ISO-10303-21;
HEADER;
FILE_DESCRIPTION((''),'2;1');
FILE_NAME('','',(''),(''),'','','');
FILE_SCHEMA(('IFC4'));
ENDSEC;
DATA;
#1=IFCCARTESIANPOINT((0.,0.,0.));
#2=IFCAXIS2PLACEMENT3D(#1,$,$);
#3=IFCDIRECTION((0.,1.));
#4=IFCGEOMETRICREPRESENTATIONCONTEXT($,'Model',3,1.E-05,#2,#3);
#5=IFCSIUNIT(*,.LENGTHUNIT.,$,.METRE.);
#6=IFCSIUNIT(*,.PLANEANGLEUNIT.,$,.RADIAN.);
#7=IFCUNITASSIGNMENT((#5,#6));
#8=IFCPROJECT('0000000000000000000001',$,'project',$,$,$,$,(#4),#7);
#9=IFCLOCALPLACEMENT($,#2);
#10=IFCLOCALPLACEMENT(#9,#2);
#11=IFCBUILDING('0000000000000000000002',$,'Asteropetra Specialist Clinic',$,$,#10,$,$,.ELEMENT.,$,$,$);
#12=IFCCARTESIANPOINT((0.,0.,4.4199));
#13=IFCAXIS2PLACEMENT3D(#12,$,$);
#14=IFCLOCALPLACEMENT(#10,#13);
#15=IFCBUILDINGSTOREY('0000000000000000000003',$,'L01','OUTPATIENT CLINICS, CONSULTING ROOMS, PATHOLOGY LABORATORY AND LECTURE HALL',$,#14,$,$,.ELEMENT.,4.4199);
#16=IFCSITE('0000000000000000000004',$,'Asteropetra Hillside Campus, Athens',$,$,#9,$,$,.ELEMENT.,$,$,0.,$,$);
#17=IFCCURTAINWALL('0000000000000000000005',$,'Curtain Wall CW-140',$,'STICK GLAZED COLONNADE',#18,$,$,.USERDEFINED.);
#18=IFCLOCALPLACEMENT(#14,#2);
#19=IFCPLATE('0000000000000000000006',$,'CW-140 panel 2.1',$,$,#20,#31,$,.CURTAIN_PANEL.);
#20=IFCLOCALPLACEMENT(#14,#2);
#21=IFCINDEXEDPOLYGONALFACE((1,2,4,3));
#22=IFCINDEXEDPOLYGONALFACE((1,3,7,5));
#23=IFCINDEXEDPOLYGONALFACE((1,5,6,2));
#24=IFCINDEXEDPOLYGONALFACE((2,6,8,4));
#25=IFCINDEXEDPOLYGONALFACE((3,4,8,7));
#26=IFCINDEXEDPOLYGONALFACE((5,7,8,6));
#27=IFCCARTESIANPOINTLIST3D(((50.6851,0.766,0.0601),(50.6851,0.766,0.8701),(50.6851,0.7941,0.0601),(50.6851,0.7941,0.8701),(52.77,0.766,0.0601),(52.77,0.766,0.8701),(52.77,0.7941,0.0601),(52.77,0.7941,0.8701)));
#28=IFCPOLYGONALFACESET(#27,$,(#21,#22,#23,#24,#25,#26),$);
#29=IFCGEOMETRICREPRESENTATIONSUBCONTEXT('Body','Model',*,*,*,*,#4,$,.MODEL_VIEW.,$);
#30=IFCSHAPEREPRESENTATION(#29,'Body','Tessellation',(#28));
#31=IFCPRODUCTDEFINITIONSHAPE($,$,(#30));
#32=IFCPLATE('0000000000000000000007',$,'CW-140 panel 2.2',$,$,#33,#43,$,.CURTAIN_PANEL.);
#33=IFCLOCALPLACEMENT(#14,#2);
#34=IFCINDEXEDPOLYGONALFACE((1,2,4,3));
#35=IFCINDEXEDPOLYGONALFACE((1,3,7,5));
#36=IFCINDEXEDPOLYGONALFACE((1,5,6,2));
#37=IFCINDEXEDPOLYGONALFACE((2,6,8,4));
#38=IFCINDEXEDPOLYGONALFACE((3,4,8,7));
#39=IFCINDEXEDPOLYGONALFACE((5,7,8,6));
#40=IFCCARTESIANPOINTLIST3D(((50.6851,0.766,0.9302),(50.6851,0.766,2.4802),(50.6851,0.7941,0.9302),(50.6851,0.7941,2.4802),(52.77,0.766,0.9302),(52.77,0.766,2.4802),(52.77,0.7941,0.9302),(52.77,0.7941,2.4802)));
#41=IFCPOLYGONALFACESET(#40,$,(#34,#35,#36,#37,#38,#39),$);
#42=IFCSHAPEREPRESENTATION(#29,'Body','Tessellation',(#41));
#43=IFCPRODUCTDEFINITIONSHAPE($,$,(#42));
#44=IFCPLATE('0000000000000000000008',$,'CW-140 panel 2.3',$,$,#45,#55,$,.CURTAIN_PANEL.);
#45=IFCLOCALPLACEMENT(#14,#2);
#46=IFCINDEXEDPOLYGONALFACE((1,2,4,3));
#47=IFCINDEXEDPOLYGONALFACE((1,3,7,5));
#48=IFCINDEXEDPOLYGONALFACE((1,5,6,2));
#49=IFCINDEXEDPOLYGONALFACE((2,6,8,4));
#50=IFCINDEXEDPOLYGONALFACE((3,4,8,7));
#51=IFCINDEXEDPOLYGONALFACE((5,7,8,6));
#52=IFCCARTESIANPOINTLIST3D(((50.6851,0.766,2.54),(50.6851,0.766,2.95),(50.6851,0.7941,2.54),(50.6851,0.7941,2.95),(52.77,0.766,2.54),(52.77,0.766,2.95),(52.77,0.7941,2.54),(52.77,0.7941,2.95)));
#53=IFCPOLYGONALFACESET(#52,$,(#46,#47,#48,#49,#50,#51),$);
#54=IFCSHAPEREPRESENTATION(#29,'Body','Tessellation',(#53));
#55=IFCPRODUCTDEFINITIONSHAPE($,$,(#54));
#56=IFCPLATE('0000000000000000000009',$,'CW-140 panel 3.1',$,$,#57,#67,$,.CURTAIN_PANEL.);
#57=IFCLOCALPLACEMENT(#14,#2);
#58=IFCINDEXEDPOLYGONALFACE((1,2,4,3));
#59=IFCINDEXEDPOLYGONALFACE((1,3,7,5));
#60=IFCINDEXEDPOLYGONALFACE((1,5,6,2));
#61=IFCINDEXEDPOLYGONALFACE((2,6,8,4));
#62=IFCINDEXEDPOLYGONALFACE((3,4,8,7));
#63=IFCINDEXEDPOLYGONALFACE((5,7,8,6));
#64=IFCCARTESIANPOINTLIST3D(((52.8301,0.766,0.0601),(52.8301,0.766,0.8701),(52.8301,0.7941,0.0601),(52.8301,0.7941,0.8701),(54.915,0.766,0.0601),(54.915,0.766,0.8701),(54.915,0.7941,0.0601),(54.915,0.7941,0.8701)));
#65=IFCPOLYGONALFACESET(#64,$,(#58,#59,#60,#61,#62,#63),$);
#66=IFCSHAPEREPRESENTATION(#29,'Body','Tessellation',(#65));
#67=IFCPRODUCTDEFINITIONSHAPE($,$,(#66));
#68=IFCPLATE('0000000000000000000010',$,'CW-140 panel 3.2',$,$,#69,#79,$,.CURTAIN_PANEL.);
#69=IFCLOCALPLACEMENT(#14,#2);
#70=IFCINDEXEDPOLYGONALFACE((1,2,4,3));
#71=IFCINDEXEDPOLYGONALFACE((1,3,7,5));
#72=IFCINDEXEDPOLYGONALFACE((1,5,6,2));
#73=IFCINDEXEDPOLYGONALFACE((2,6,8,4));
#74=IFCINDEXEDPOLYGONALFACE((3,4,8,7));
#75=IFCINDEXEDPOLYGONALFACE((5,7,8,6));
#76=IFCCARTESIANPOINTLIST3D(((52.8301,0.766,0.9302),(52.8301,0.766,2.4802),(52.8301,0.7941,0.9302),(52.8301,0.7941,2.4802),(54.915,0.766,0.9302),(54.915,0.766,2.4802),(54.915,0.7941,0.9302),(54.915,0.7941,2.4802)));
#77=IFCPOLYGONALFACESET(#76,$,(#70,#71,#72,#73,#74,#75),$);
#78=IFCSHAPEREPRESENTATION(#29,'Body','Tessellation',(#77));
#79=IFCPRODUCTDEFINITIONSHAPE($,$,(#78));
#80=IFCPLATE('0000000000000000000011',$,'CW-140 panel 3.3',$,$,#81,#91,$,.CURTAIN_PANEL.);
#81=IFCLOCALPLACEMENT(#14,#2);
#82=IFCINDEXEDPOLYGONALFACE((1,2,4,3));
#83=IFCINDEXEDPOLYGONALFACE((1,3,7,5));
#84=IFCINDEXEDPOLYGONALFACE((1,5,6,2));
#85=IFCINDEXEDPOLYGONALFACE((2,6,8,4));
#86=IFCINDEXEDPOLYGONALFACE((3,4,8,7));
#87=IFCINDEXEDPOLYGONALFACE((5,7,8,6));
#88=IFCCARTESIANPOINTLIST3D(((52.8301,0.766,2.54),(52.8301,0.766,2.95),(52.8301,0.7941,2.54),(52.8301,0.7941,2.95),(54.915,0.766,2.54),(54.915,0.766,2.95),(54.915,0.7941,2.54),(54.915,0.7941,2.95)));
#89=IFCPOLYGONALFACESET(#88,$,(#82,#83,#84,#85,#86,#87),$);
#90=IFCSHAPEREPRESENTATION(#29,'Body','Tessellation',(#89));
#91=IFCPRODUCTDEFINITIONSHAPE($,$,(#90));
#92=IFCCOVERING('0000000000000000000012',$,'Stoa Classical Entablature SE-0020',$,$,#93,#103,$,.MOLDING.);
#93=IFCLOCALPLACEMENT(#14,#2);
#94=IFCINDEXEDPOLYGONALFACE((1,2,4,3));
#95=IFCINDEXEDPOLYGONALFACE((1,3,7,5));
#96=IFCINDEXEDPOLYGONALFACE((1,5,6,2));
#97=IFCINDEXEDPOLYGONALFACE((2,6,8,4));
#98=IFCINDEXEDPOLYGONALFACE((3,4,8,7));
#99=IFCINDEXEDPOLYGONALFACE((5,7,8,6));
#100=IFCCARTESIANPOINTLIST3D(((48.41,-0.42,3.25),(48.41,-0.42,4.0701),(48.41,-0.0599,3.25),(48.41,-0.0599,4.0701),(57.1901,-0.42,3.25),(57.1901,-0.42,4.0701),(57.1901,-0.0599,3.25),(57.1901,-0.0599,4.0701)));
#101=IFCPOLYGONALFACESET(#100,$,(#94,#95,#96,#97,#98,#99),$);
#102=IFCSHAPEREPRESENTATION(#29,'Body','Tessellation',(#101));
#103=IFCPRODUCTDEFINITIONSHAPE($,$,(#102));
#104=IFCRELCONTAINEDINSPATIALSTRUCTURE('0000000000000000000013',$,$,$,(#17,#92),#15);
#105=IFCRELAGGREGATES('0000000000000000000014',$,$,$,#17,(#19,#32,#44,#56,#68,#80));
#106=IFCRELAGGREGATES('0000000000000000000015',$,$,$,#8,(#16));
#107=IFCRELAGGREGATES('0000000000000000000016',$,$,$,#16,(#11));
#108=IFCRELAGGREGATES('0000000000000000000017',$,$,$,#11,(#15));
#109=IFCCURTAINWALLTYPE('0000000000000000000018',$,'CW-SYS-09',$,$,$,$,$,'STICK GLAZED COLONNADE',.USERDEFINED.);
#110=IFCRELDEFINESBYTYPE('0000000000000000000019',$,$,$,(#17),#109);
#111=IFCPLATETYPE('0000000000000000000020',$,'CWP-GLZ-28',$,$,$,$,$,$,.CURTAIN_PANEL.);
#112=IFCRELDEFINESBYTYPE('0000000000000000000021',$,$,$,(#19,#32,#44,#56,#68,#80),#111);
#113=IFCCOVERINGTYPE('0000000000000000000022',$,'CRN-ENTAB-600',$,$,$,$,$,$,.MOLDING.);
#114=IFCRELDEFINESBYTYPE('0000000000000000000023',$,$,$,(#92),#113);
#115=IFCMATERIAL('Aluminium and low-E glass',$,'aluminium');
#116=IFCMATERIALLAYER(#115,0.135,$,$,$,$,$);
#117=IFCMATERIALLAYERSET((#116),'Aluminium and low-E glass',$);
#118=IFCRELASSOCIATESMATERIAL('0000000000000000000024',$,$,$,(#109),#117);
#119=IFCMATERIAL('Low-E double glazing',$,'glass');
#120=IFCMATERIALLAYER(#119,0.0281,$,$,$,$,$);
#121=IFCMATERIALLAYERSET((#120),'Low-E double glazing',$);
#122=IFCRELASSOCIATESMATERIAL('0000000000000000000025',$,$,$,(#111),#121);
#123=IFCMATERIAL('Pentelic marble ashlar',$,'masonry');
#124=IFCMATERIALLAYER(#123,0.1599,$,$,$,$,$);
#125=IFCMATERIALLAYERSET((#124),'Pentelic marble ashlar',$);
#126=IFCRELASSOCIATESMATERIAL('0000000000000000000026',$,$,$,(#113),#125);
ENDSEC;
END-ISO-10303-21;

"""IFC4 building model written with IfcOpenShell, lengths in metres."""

from ifc_helpers import new_model, si_unit, direction, frame, origin, origin_2d, place, context, subcontext, project, spatial, rectangle, extrude, material, layer, layer_set, type_object, element, aggregate, save


model = new_model("IFC4")

# Units and contexts
model_context = context("Model", 3, precision=1e-05, world=origin(), true_north=direction((0.0, 1.0)))
body_context = subcontext(model_context, "Body", "Model", "MODEL_VIEW")
ifc_project = project(units=[si_unit("LENGTHUNIT", "METRE"), si_unit("PLANEANGLEUNIT", "RADIAN")], contexts=[model_context])

# Site, building, storey
site_placement = place(None, origin())
site = spatial("IfcSite", under=ifc_project, at=site_placement, Name="Asteropetra Hillside Campus, Athens", CompositionType="ELEMENT", RefElevation=0.0)
building_placement = place(site_placement, origin())
building = spatial("IfcBuilding", under=site, at=building_placement, Name="Asteropetra Specialist Clinic", CompositionType="ELEMENT")
storey_placement = place(building_placement, frame((0.0, 0.0, 4.4199)))
storey = spatial("IfcBuildingStorey", under=building, at=storey_placement, Name="L01", Description="OUTPATIENT CLINICS, CONSULTING ROOMS, PATHOLOGY LABORATORY AND LECTURE HALL", CompositionType="ELEMENT", Elevation=4.4199)

# Curtain wall
ifc_material_1 = material(Name="Aluminium and low-E glass", Category="aluminium")
ifc_layer_1 = layer(ifc_material_1, 0.135)
ifc_layer_set_1 = layer_set([ifc_layer_1], Name="Aluminium and low-E glass")
curtain_wall_type = type_object("IfcCurtainWallType", Name="CW-SYS-09", ElementType="STICK GLAZED COLONNADE", PredefinedType="USERDEFINED", material=ifc_layer_set_1)
curtain_wall_placement = place(storey_placement, origin())
curtain_wall = element("IfcCurtainWall", 1, at=curtain_wall_placement, inside=storey, type_object=curtain_wall_type, Name="Curtain Wall CW-140", ObjectType="STICK GLAZED COLONNADE", PredefinedType="USERDEFINED")

# Plates
ifc_material_2 = material(Name="Low-E double glazing", Category="glass")
ifc_layer_2 = layer(ifc_material_2, 0.0281)
ifc_layer_set_2 = layer_set([ifc_layer_2], Name="Low-E double glazing")
plate_type = type_object("IfcPlateType", Name="CWP-GLZ-28", PredefinedType="CURTAIN_PANEL", material=ifc_layer_set_2)
plate_1_placement = place(storey_placement, frame((51.7275, 0.78, 0.0601), z_axis=(0.0, 0.0, 1.0), x_axis=(1.0, 0.0, 0.0)))
plate_1 = element("IfcPlate", 2, at=plate_1_placement, type_object=plate_type, Name="CW-140 panel 2.1", PredefinedType="CURTAIN_PANEL", context=body_context, shape_type="SweptSolid", body=[
    extrude(rectangle(XDim=2.085, YDim=0.0281, at=origin_2d()), origin(), (0.0, 0.0, 1.0), 0.8101),
])
plate_2_placement = place(storey_placement, frame((51.7275, 0.78, 0.9302), z_axis=(0.0, 0.0, 1.0), x_axis=(1.0, 0.0, 0.0)))
plate_2 = element("IfcPlate", 3, at=plate_2_placement, type_object=plate_type, Name="CW-140 panel 2.2", PredefinedType="CURTAIN_PANEL", context=body_context, shape_type="SweptSolid", body=[
    extrude(rectangle(XDim=2.085, YDim=0.0281, at=origin_2d()), origin(), (0.0, 0.0, 1.0), 1.55),
])
plate_3_placement = place(storey_placement, frame((51.7275, 0.78, 2.54), z_axis=(0.0, 0.0, 1.0), x_axis=(1.0, 0.0, 0.0)))
plate_3 = element("IfcPlate", 4, at=plate_3_placement, type_object=plate_type, Name="CW-140 panel 2.3", PredefinedType="CURTAIN_PANEL", context=body_context, shape_type="SweptSolid", body=[
    extrude(rectangle(XDim=2.085, YDim=0.0281, at=origin_2d()), origin(), (0.0, 0.0, 1.0), 0.4099),
])
plate_4_placement = place(storey_placement, frame((53.8726, 0.78, 0.0601), z_axis=(0.0, 0.0, 1.0), x_axis=(1.0, 0.0, 0.0)))
plate_4 = element("IfcPlate", 5, at=plate_4_placement, type_object=plate_type, Name="CW-140 panel 3.1", PredefinedType="CURTAIN_PANEL", context=body_context, shape_type="SweptSolid", body=[
    extrude(rectangle(XDim=2.085, YDim=0.0281, at=origin_2d()), origin(), (0.0, 0.0, 1.0), 0.8101),
])
plate_5_placement = place(storey_placement, frame((53.8726, 0.78, 0.9302), z_axis=(0.0, 0.0, 1.0), x_axis=(1.0, 0.0, 0.0)))
plate_5 = element("IfcPlate", 6, at=plate_5_placement, type_object=plate_type, Name="CW-140 panel 3.2", PredefinedType="CURTAIN_PANEL", context=body_context, shape_type="SweptSolid", body=[
    extrude(rectangle(XDim=2.085, YDim=0.0281, at=origin_2d()), origin(), (0.0, 0.0, 1.0), 1.55),
])
plate_6_placement = place(storey_placement, frame((53.8726, 0.78, 2.54), z_axis=(0.0, 0.0, 1.0), x_axis=(1.0, 0.0, 0.0)))
plate_6 = element("IfcPlate", 7, at=plate_6_placement, type_object=plate_type, Name="CW-140 panel 3.3", PredefinedType="CURTAIN_PANEL", context=body_context, shape_type="SweptSolid", body=[
    extrude(rectangle(XDim=2.085, YDim=0.0281, at=origin_2d()), origin(), (0.0, 0.0, 1.0), 0.4099),
])
aggregate(curtain_wall, [plate_1, plate_2, plate_3, plate_4, plate_5, plate_6])

# Covering
ifc_material_3 = material(Name="Pentelic marble ashlar", Category="masonry")
ifc_layer_3 = layer(ifc_material_3, 0.1599)
ifc_layer_set_3 = layer_set([ifc_layer_3], Name="Pentelic marble ashlar")
covering_type = type_object("IfcCoveringType", Name="CRN-ENTAB-600", PredefinedType="MOLDING", material=ifc_layer_set_3)
covering_placement = place(storey_placement, frame((52.8, -0.24, 3.25), z_axis=(0.0, 0.0, 1.0), x_axis=(1.0, 0.0, 0.0)))
element("IfcCovering", 8, at=covering_placement, inside=storey, type_object=covering_type, Name="Stoa Classical Entablature SE-0020", PredefinedType="MOLDING", context=body_context, shape_type="SweptSolid", body=[
    extrude(rectangle(XDim=8.78, YDim=0.3601, at=origin_2d()), origin(), (0.0, 0.0, 1.0), 0.8201),
])

save(model, "model.ifc")
